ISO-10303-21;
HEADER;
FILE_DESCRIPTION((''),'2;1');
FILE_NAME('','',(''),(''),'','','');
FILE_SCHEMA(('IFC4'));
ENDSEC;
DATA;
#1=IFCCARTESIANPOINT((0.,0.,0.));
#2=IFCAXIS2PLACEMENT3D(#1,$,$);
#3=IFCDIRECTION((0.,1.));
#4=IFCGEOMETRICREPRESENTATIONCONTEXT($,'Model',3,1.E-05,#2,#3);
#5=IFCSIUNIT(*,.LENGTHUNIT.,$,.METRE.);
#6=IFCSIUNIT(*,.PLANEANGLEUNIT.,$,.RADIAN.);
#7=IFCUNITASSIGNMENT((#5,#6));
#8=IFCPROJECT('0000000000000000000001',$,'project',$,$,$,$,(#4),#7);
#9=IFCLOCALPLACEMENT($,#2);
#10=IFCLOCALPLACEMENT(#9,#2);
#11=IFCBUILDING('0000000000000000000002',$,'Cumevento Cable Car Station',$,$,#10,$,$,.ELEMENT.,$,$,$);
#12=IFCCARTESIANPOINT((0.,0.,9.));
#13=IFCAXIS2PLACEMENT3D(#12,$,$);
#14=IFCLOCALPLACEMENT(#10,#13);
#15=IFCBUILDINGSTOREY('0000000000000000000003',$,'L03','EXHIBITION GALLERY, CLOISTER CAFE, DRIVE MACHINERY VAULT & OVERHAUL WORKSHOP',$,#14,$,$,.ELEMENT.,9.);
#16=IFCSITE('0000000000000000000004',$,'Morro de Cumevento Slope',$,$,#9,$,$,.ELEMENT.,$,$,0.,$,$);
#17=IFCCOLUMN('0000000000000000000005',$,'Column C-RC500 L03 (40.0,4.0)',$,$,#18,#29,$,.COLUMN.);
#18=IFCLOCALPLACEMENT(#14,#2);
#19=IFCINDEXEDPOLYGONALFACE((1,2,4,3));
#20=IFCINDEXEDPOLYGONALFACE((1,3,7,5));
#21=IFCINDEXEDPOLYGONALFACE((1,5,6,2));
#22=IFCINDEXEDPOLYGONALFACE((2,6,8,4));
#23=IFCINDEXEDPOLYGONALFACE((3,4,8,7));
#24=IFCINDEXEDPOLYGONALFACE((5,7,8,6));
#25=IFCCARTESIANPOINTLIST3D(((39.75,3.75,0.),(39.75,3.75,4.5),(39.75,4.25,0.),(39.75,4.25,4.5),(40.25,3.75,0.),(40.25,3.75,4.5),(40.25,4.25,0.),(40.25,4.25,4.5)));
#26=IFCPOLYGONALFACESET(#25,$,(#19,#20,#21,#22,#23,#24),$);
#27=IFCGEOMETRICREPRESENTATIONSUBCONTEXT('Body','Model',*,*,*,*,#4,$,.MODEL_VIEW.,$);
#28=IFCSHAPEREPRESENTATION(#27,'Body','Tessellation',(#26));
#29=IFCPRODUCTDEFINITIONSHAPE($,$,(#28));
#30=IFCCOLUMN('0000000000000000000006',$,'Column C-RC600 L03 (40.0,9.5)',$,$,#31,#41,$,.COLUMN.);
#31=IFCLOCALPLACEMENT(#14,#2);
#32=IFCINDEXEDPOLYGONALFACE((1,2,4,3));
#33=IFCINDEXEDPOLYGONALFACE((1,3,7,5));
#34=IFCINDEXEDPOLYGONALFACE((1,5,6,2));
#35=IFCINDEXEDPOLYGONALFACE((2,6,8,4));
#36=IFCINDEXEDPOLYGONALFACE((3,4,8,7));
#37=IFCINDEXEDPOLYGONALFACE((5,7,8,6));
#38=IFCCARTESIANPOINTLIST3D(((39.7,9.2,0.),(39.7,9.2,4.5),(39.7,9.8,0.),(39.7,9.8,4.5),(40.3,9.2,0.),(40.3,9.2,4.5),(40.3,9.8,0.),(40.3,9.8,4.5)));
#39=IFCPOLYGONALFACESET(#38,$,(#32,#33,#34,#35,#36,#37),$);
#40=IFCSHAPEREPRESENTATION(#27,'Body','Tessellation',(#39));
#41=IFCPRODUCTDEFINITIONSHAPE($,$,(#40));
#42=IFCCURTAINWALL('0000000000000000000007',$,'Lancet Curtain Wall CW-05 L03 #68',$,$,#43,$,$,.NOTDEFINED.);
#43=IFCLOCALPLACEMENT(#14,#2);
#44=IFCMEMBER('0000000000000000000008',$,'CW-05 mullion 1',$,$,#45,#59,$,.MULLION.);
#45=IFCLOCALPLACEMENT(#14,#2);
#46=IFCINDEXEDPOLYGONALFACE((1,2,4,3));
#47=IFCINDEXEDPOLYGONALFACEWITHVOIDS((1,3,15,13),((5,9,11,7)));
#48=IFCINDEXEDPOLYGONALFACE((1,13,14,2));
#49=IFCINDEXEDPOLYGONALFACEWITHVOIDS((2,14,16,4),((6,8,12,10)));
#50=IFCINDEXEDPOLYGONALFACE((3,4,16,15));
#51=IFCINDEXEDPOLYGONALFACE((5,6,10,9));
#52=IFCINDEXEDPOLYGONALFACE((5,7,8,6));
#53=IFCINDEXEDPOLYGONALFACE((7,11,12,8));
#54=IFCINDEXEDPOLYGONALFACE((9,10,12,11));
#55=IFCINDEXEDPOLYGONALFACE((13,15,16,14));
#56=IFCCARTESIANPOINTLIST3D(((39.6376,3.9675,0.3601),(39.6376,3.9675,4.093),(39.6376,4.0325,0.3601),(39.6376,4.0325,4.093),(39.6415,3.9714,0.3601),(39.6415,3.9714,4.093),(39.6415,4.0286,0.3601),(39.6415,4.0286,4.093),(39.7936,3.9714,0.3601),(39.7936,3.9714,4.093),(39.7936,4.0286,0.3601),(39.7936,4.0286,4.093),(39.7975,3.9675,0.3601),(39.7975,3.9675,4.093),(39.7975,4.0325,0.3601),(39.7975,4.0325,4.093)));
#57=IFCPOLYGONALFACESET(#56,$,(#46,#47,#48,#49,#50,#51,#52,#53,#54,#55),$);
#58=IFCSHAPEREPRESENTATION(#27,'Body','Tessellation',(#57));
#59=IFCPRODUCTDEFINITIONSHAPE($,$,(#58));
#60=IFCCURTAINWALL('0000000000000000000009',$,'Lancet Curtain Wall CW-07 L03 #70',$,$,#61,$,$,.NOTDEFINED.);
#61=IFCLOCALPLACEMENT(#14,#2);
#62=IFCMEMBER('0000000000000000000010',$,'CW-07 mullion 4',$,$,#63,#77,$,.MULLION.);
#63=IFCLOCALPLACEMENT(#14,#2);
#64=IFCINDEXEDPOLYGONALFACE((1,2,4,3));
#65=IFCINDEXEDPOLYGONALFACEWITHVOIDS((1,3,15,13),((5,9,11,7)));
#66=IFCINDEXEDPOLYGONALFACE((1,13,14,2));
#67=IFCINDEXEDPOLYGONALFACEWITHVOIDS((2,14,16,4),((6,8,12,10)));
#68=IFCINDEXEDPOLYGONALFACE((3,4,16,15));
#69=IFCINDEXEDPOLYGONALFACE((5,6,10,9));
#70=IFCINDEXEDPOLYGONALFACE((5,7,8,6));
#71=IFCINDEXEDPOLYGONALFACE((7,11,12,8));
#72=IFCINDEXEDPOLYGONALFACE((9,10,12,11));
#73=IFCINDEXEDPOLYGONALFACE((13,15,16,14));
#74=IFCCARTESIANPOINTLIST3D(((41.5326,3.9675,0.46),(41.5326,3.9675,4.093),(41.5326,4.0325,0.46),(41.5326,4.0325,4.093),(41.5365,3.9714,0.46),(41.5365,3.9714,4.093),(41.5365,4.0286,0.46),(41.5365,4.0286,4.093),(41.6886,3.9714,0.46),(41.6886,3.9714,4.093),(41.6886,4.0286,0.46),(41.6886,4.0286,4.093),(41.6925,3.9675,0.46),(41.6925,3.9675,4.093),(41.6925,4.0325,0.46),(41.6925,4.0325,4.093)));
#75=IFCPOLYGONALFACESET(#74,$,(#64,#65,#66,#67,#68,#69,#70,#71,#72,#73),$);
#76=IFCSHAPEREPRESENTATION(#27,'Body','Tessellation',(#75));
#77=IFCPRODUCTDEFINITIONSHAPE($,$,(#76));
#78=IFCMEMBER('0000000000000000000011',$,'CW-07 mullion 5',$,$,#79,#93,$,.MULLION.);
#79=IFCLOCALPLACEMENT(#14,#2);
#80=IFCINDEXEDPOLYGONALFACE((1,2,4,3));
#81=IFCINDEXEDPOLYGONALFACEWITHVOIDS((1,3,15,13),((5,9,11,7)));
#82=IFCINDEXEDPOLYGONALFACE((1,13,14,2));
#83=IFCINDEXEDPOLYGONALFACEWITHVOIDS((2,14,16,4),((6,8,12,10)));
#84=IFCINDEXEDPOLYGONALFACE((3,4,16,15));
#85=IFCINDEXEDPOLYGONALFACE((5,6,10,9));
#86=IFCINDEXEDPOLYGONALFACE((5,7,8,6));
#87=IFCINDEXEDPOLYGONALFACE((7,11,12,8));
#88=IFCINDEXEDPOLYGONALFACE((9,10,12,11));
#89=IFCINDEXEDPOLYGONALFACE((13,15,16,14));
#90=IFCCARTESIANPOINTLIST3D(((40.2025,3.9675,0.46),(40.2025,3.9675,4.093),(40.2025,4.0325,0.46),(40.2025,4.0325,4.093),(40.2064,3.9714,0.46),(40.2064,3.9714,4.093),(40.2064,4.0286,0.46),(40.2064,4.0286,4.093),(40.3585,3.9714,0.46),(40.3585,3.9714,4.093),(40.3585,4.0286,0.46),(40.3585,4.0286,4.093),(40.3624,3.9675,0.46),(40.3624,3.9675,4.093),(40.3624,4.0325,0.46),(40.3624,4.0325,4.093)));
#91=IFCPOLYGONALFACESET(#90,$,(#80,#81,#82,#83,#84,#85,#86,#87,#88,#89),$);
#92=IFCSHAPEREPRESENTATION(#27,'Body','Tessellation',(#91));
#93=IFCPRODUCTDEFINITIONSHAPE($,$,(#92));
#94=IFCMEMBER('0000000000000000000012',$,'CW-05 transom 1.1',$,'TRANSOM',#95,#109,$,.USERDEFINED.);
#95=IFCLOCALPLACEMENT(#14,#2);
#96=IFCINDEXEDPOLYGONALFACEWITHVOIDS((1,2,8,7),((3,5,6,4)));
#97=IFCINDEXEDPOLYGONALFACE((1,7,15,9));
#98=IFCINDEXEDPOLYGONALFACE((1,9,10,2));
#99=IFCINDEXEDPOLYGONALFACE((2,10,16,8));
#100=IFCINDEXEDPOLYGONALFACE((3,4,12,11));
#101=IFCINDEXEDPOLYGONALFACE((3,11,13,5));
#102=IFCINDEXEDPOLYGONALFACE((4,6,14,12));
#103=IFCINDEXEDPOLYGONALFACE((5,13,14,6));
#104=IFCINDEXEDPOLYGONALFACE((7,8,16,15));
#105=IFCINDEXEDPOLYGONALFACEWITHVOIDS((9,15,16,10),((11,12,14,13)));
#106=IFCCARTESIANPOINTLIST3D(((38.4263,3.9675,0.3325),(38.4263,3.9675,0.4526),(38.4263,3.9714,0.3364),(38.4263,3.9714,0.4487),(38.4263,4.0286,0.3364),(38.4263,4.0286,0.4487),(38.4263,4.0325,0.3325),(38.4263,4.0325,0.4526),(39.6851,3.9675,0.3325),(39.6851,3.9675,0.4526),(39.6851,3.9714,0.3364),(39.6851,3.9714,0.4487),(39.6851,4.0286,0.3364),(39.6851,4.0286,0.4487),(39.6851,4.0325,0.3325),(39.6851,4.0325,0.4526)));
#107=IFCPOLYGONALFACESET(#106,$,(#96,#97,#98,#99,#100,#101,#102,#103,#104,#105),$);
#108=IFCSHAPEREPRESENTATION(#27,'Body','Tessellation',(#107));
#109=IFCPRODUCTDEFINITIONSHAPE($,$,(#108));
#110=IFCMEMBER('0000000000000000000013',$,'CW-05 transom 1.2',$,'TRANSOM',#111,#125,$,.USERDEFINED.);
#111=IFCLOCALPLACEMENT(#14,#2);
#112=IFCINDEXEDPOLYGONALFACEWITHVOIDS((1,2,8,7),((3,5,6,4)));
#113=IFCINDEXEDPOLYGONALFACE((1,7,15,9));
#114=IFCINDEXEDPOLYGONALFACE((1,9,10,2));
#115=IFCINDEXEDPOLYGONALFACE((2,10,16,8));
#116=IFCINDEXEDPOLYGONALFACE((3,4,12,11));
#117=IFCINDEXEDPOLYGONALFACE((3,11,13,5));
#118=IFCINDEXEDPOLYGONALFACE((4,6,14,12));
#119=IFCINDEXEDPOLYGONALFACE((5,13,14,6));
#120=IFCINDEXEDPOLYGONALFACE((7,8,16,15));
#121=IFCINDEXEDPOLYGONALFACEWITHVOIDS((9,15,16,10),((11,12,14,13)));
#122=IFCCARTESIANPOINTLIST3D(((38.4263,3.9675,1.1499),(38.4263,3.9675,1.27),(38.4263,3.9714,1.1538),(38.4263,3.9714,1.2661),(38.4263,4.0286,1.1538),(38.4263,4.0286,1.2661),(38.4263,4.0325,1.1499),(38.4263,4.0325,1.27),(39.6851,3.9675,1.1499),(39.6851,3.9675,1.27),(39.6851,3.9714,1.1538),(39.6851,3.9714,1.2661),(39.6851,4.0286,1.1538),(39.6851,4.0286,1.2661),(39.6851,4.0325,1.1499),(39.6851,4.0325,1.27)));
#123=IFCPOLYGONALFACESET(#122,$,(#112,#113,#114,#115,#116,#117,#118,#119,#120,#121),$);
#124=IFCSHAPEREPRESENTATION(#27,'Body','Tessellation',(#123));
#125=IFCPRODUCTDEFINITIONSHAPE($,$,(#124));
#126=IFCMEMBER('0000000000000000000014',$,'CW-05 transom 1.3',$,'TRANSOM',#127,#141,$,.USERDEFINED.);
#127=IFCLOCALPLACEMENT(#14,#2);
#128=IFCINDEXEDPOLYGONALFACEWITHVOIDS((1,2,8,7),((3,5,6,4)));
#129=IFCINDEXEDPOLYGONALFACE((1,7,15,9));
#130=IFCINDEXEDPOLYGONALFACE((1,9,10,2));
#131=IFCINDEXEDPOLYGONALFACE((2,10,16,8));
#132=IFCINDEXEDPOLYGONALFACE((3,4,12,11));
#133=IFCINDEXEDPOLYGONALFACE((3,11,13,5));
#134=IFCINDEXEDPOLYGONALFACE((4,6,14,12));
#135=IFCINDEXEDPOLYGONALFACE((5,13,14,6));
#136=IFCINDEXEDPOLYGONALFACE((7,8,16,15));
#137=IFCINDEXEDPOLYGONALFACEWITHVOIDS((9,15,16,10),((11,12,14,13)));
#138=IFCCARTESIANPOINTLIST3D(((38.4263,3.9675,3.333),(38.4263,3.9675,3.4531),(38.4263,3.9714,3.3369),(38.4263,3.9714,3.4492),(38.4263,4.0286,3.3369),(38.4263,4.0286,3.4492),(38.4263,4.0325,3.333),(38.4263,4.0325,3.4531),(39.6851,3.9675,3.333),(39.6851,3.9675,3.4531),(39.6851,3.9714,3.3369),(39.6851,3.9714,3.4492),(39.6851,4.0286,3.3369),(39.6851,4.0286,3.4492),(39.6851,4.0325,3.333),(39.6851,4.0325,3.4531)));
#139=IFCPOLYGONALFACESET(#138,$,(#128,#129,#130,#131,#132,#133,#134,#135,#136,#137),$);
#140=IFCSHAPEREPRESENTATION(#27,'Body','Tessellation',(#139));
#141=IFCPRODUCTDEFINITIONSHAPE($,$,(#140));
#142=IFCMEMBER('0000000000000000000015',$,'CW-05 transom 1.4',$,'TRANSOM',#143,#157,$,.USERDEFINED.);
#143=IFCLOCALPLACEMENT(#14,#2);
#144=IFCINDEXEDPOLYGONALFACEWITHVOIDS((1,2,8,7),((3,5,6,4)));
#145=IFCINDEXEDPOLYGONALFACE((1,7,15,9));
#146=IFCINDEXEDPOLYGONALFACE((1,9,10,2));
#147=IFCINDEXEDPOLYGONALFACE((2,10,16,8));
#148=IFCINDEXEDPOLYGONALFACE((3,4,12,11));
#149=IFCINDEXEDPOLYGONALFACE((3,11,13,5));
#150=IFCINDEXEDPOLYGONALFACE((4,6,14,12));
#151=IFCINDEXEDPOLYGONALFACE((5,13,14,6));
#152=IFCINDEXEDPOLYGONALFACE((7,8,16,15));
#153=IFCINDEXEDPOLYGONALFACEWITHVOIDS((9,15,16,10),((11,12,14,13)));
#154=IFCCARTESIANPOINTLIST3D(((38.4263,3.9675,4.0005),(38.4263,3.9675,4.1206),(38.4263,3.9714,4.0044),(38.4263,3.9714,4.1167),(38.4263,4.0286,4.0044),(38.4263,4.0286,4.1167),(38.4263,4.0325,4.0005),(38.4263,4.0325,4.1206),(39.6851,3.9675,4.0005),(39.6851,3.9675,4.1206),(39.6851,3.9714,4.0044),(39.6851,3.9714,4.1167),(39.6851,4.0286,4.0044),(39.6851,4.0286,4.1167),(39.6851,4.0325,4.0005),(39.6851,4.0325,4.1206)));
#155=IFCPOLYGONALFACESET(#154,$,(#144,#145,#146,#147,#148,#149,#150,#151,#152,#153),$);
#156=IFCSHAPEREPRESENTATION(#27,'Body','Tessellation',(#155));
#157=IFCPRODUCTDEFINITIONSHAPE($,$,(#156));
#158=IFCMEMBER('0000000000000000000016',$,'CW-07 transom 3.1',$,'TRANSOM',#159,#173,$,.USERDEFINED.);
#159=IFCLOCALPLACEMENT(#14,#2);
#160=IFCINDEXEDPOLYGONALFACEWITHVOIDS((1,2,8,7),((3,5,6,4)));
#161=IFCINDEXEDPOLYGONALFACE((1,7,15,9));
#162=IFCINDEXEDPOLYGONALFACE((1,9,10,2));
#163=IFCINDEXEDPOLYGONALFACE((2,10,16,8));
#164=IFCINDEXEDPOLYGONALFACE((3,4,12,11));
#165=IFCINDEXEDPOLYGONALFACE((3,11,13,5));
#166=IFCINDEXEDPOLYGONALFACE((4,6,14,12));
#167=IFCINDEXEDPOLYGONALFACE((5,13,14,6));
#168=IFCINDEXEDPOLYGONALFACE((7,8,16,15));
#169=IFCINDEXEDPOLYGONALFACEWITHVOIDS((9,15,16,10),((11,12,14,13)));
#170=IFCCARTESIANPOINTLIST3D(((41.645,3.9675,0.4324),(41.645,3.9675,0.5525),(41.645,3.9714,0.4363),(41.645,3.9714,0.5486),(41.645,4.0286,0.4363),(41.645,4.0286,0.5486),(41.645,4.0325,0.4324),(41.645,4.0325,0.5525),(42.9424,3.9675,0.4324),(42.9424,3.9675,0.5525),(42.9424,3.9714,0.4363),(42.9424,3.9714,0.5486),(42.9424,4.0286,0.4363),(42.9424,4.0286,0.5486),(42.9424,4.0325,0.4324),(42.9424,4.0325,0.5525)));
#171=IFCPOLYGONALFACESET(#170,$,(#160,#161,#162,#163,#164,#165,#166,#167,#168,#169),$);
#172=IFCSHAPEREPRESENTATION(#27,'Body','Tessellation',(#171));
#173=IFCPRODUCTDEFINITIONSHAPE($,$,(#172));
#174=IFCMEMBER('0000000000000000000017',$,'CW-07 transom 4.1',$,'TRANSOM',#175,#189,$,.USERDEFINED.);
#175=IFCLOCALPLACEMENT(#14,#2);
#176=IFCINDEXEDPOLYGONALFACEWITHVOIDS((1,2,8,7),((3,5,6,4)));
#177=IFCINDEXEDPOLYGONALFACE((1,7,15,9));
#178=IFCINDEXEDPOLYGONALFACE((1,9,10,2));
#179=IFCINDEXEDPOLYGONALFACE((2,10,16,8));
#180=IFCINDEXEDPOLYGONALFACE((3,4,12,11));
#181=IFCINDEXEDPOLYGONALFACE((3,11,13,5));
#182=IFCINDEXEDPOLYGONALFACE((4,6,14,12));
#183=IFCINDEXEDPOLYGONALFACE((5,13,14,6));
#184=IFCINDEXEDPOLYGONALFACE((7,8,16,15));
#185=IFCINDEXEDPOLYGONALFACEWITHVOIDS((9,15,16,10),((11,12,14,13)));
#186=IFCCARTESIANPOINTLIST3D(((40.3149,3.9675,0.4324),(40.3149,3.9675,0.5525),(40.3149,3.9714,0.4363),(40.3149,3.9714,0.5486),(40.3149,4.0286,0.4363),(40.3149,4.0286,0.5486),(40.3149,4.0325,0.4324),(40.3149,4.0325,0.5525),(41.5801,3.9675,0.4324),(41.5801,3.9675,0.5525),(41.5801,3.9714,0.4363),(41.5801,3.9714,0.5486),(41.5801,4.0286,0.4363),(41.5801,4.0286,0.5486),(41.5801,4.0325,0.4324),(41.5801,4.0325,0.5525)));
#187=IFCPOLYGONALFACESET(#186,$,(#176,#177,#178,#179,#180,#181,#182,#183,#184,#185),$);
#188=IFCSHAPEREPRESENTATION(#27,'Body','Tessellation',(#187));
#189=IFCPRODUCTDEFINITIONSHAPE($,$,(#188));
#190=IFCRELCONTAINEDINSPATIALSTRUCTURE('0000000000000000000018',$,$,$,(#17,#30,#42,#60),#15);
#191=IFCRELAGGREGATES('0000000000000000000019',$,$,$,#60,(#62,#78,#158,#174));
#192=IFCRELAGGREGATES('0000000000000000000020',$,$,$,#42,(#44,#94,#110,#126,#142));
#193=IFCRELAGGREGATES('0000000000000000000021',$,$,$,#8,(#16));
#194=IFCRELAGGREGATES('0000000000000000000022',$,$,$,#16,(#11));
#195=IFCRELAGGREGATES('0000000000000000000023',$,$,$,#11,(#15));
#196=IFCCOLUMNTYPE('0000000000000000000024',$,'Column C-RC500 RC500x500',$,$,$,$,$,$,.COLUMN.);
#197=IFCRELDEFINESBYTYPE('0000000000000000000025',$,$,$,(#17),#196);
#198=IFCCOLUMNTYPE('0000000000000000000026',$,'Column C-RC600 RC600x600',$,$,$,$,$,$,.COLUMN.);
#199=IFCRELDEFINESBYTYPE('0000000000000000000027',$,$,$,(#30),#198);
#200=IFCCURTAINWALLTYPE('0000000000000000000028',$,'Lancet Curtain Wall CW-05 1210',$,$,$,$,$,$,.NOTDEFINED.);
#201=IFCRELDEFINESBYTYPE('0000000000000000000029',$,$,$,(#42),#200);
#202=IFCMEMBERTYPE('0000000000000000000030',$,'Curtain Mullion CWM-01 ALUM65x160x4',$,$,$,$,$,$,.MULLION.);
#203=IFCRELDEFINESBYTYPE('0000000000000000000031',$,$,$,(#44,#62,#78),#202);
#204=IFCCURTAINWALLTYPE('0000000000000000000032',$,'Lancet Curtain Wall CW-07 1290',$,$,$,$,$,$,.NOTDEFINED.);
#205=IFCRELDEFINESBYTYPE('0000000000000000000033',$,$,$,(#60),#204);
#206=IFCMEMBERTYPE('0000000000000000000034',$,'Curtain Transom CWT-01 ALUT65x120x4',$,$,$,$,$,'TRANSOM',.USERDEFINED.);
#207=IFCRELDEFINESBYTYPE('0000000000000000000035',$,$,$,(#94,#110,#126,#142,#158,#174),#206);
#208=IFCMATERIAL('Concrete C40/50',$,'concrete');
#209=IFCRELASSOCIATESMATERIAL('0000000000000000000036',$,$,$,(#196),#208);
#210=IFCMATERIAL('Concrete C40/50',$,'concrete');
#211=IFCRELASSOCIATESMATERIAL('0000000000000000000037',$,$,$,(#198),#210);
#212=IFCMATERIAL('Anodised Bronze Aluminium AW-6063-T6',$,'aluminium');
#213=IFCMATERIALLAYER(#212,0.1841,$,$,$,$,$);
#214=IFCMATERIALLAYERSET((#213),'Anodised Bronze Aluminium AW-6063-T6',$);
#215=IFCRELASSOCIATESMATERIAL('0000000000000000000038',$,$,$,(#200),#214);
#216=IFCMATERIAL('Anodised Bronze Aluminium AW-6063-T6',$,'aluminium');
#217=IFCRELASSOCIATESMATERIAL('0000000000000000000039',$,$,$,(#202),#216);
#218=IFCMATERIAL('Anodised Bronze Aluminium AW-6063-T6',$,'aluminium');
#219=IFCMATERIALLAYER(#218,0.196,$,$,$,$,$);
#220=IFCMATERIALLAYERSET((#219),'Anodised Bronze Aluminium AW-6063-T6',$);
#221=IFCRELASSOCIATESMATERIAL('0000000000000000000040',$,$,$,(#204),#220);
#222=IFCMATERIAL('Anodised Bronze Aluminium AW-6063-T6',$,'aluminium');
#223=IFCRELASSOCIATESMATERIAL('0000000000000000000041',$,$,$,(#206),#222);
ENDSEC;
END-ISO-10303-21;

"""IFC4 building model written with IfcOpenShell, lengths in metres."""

from ifc_helpers import new_model, si_unit, direction, frame, origin, origin_2d, place, context, subcontext, project, spatial, rectangle, hollow_rectangle, extrude, material, layer, layer_set, material_profile, profile_set, type_object, element, aggregate, save


model = new_model("IFC4")

# Units and contexts
model_context = context("Model", 3, precision=1e-05, world=origin(), true_north=direction((0.0, 1.0)))
body_context = subcontext(model_context, "Body", "Model", "MODEL_VIEW")
ifc_project = project(units=[si_unit("LENGTHUNIT", "METRE"), si_unit("PLANEANGLEUNIT", "RADIAN")], contexts=[model_context])

# Site, building, storey
site_placement = place(None, origin())
site = spatial("IfcSite", under=ifc_project, at=site_placement, Name="Morro de Cumevento Slope", CompositionType="ELEMENT", RefElevation=0.0)
building_placement = place(site_placement, origin())
building = spatial("IfcBuilding", under=site, at=building_placement, Name="Cumevento Cable Car Station", CompositionType="ELEMENT")
storey_placement = place(building_placement, frame((0.0, 0.0, 9.0)))
storey = spatial("IfcBuildingStorey", under=building, at=storey_placement, Name="L03", Description="EXHIBITION GALLERY, CLOISTER CAFE, DRIVE MACHINERY VAULT & OVERHAUL WORKSHOP", CompositionType="ELEMENT", Elevation=9.0)

# Columns
ifc_material_1 = material(Name="Concrete C40/50", Category="concrete")
ifc_material_profile_1 = material_profile(ifc_material_1, rectangle(XDim=0.5, YDim=0.5, at=origin_2d()), Name="RC500x500")
ifc_profile_set_1 = profile_set([ifc_material_profile_1], Name="Concrete C40/50")
column_type_1 = type_object("IfcColumnType", Name="Column C-RC500 RC500x500", PredefinedType="COLUMN", material=ifc_profile_set_1)
column_1_placement = place(storey_placement, frame((40.0, 4.0, 0.0), z_axis=(0.0, 0.0, 1.0), x_axis=(1.0, 0.0, 0.0)))
element("IfcColumn", 1, at=column_1_placement, inside=storey, type_object=column_type_1, Name="Column C-RC500 L03 (40.0,4.0)", PredefinedType="COLUMN", context=body_context, shape_type="SweptSolid", body=[
    extrude(rectangle(XDim=0.5, YDim=0.5, at=origin_2d()), origin(), (0.0, 0.0, 1.0), 4.5),
])
ifc_material_2 = material(Name="Concrete C40/50", Category="concrete")
ifc_material_profile_2 = material_profile(ifc_material_2, rectangle(XDim=0.6001, YDim=0.6001, at=origin_2d()), Name="RC600x600")
ifc_profile_set_2 = profile_set([ifc_material_profile_2], Name="Concrete C40/50")
column_type_2 = type_object("IfcColumnType", Name="Column C-RC600 RC600x600", PredefinedType="COLUMN", material=ifc_profile_set_2)
column_2_placement = place(storey_placement, frame((40.0, 9.5, 0.0), z_axis=(0.0, 0.0, 1.0), x_axis=(1.0, 0.0, 0.0)))
element("IfcColumn", 2, at=column_2_placement, inside=storey, type_object=column_type_2, Name="Column C-RC600 L03 (40.0,9.5)", PredefinedType="COLUMN", context=body_context, shape_type="SweptSolid", body=[
    extrude(rectangle(XDim=0.6001, YDim=0.6001, at=origin_2d()), origin(), (0.0, 0.0, 1.0), 4.5),
])

# Curtain wall, member
ifc_material_3 = material(Name="Anodised Bronze Aluminium AW-6063-T6", Category="aluminium")
ifc_layer_1 = layer(ifc_material_3, 0.1841)
ifc_layer_set_1 = layer_set([ifc_layer_1], Name="Anodised Bronze Aluminium AW-6063-T6")
curtain_wall_type_1 = type_object("IfcCurtainWallType", Name="Lancet Curtain Wall CW-05 1210", PredefinedType="NOTDEFINED", material=ifc_layer_set_1)
curtain_wall_1_placement = place(storey_placement, origin())
curtain_wall_1 = element("IfcCurtainWall", 3, at=curtain_wall_1_placement, inside=storey, type_object=curtain_wall_type_1, Name="Lancet Curtain Wall CW-05 L03 #68", PredefinedType="NOTDEFINED")
ifc_material_4 = material(Name="Anodised Bronze Aluminium AW-6063-T6", Category="aluminium")
ifc_material_profile_3 = material_profile(ifc_material_4, hollow_rectangle(XDim=0.0649, YDim=0.1599, WallThickness=0.0039, at=origin_2d()), Name="ALUM65x160x4")
ifc_profile_set_3 = profile_set([ifc_material_profile_3], Name="Anodised Bronze Aluminium AW-6063-T6")
member_type_1 = type_object("IfcMemberType", Name="Curtain Mullion CWM-01 ALUM65x160x4", PredefinedType="MULLION", material=ifc_profile_set_3)
member_1_placement = place(storey_placement, frame((39.7175, 4.0, 0.3601), z_axis=(0.0, 0.0, 1.0), x_axis=(0.0, -1.0, 0.0)))
member_1 = element("IfcMember", 4, at=member_1_placement, type_object=member_type_1, Name="CW-05 mullion 1", PredefinedType="MULLION", context=body_context, shape_type="SweptSolid", body=[
    extrude(hollow_rectangle(XDim=0.0649, YDim=0.1599, WallThickness=0.0039, at=origin_2d()), origin(), (0.0, 0.0, 1.0), 3.7329),
])

# Curtain wall, members
ifc_material_5 = material(Name="Anodised Bronze Aluminium AW-6063-T6", Category="aluminium")
ifc_layer_2 = layer(ifc_material_5, 0.196)
ifc_layer_set_2 = layer_set([ifc_layer_2], Name="Anodised Bronze Aluminium AW-6063-T6")
curtain_wall_type_2 = type_object("IfcCurtainWallType", Name="Lancet Curtain Wall CW-07 1290", PredefinedType="NOTDEFINED", material=ifc_layer_set_2)
curtain_wall_2_placement = place(storey_placement, origin())
curtain_wall_2 = element("IfcCurtainWall", 5, at=curtain_wall_2_placement, inside=storey, type_object=curtain_wall_type_2, Name="Lancet Curtain Wall CW-07 L03 #70", PredefinedType="NOTDEFINED")
member_2_placement = place(storey_placement, frame((41.6125, 4.0, 0.46), z_axis=(0.0, 0.0, 1.0), x_axis=(0.0, -1.0, 0.0)))
member_2 = element("IfcMember", 6, at=member_2_placement, type_object=member_type_1, Name="CW-07 mullion 4", PredefinedType="MULLION", context=body_context, shape_type="SweptSolid", body=[
    extrude(hollow_rectangle(XDim=0.0649, YDim=0.1599, WallThickness=0.0039, at=origin_2d()), origin(), (0.0, 0.0, 1.0), 3.6331),
])
member_3_placement = place(storey_placement, frame((40.2825, 4.0, 0.46), z_axis=(0.0, 0.0, 1.0), x_axis=(0.0, -1.0, 0.0)))
member_3 = element("IfcMember", 7, at=member_3_placement, type_object=member_type_1, Name="CW-07 mullion 5", PredefinedType="MULLION", context=body_context, shape_type="SweptSolid", body=[
    extrude(hollow_rectangle(XDim=0.0649, YDim=0.1599, WallThickness=0.0039, at=origin_2d()), origin(), (0.0, 0.0, 1.0), 3.6331),
])

# Members
ifc_material_6 = material(Name="Anodised Bronze Aluminium AW-6063-T6", Category="aluminium")
ifc_material_profile_4 = material_profile(ifc_material_6, hollow_rectangle(XDim=0.0649, YDim=0.1201, WallThickness=0.0039, at=origin_2d()), Name="ALUT65x120x4")
ifc_profile_set_4 = profile_set([ifc_material_profile_4], Name="Anodised Bronze Aluminium AW-6063-T6")
member_type_2 = type_object("IfcMemberType", Name="Curtain Transom CWT-01 ALUT65x120x4", ElementType="TRANSOM", PredefinedType="USERDEFINED", material=ifc_profile_set_4)
member_4_placement = place(storey_placement, frame((39.6851, 4.0, 0.3926), z_axis=(-1.0, 0.0, 0.0), x_axis=(0.0, -1.0, 0.0)))
member_4 = element("IfcMember", 8, at=member_4_placement, type_object=member_type_2, Name="CW-05 transom 1.1", ObjectType="TRANSOM", PredefinedType="USERDEFINED", context=body_context, shape_type="SweptSolid", body=[
    extrude(hollow_rectangle(XDim=0.0649, YDim=0.1201, WallThickness=0.0039, at=origin_2d()), origin(), (0.0, 0.0, 1.0), 1.2588),
])
member_5_placement = place(storey_placement, frame((39.6851, 4.0, 1.21), z_axis=(-1.0, 0.0, 0.0), x_axis=(0.0, -1.0, 0.0)))
member_5 = element("IfcMember", 9, at=member_5_placement, type_object=member_type_2, Name="CW-05 transom 1.2", ObjectType="TRANSOM", PredefinedType="USERDEFINED", context=body_context, shape_type="SweptSolid", body=[
    extrude(hollow_rectangle(XDim=0.0649, YDim=0.1201, WallThickness=0.0039, at=origin_2d()), origin(), (0.0, 0.0, 1.0), 1.2588),
])
member_6_placement = place(storey_placement, frame((39.6851, 4.0, 3.3931), z_axis=(-1.0, 0.0, 0.0), x_axis=(0.0, -1.0, 0.0)))
member_6 = element("IfcMember", 10, at=member_6_placement, type_object=member_type_2, Name="CW-05 transom 1.3", ObjectType="TRANSOM", PredefinedType="USERDEFINED", context=body_context, shape_type="SweptSolid", body=[
    extrude(hollow_rectangle(XDim=0.0649, YDim=0.1201, WallThickness=0.0039, at=origin_2d()), origin(), (0.0, 0.0, 1.0), 1.2588),
])
member_7_placement = place(storey_placement, frame((39.6851, 4.0, 4.0605), z_axis=(-1.0, 0.0, 0.0), x_axis=(0.0, -1.0, 0.0)))
member_7 = element("IfcMember", 11, at=member_7_placement, type_object=member_type_2, Name="CW-05 transom 1.4", ObjectType="TRANSOM", PredefinedType="USERDEFINED", context=body_context, shape_type="SweptSolid", body=[
    extrude(hollow_rectangle(XDim=0.0649, YDim=0.1201, WallThickness=0.0039, at=origin_2d()), origin(), (0.0, 0.0, 1.0), 1.2588),
])
member_8_placement = place(storey_placement, frame((42.9424, 4.0, 0.4924), z_axis=(-1.0, 0.0, 0.0), x_axis=(0.0, -1.0, 0.0)))
member_8 = element("IfcMember", 12, at=member_8_placement, type_object=member_type_2, Name="CW-07 transom 3.1", ObjectType="TRANSOM", PredefinedType="USERDEFINED", context=body_context, shape_type="SweptSolid", body=[
    extrude(hollow_rectangle(XDim=0.0649, YDim=0.1201, WallThickness=0.0039, at=origin_2d()), origin(), (0.0, 0.0, 1.0), 1.2974),
])
member_9_placement = place(storey_placement, frame((41.5801, 4.0, 0.4924), z_axis=(-1.0, 0.0, 0.0), x_axis=(0.0, -1.0, 0.0)))
member_9 = element("IfcMember", 13, at=member_9_placement, type_object=member_type_2, Name="CW-07 transom 4.1", ObjectType="TRANSOM", PredefinedType="USERDEFINED", context=body_context, shape_type="SweptSolid", body=[
    extrude(hollow_rectangle(XDim=0.0649, YDim=0.1201, WallThickness=0.0039, at=origin_2d()), origin(), (0.0, 0.0, 1.0), 1.2651),
])

aggregate(curtain_wall_2, [member_2, member_3, member_8, member_9])
aggregate(curtain_wall_1, [member_1, member_4, member_5, member_6, member_7])

save(model, "model.ifc")
